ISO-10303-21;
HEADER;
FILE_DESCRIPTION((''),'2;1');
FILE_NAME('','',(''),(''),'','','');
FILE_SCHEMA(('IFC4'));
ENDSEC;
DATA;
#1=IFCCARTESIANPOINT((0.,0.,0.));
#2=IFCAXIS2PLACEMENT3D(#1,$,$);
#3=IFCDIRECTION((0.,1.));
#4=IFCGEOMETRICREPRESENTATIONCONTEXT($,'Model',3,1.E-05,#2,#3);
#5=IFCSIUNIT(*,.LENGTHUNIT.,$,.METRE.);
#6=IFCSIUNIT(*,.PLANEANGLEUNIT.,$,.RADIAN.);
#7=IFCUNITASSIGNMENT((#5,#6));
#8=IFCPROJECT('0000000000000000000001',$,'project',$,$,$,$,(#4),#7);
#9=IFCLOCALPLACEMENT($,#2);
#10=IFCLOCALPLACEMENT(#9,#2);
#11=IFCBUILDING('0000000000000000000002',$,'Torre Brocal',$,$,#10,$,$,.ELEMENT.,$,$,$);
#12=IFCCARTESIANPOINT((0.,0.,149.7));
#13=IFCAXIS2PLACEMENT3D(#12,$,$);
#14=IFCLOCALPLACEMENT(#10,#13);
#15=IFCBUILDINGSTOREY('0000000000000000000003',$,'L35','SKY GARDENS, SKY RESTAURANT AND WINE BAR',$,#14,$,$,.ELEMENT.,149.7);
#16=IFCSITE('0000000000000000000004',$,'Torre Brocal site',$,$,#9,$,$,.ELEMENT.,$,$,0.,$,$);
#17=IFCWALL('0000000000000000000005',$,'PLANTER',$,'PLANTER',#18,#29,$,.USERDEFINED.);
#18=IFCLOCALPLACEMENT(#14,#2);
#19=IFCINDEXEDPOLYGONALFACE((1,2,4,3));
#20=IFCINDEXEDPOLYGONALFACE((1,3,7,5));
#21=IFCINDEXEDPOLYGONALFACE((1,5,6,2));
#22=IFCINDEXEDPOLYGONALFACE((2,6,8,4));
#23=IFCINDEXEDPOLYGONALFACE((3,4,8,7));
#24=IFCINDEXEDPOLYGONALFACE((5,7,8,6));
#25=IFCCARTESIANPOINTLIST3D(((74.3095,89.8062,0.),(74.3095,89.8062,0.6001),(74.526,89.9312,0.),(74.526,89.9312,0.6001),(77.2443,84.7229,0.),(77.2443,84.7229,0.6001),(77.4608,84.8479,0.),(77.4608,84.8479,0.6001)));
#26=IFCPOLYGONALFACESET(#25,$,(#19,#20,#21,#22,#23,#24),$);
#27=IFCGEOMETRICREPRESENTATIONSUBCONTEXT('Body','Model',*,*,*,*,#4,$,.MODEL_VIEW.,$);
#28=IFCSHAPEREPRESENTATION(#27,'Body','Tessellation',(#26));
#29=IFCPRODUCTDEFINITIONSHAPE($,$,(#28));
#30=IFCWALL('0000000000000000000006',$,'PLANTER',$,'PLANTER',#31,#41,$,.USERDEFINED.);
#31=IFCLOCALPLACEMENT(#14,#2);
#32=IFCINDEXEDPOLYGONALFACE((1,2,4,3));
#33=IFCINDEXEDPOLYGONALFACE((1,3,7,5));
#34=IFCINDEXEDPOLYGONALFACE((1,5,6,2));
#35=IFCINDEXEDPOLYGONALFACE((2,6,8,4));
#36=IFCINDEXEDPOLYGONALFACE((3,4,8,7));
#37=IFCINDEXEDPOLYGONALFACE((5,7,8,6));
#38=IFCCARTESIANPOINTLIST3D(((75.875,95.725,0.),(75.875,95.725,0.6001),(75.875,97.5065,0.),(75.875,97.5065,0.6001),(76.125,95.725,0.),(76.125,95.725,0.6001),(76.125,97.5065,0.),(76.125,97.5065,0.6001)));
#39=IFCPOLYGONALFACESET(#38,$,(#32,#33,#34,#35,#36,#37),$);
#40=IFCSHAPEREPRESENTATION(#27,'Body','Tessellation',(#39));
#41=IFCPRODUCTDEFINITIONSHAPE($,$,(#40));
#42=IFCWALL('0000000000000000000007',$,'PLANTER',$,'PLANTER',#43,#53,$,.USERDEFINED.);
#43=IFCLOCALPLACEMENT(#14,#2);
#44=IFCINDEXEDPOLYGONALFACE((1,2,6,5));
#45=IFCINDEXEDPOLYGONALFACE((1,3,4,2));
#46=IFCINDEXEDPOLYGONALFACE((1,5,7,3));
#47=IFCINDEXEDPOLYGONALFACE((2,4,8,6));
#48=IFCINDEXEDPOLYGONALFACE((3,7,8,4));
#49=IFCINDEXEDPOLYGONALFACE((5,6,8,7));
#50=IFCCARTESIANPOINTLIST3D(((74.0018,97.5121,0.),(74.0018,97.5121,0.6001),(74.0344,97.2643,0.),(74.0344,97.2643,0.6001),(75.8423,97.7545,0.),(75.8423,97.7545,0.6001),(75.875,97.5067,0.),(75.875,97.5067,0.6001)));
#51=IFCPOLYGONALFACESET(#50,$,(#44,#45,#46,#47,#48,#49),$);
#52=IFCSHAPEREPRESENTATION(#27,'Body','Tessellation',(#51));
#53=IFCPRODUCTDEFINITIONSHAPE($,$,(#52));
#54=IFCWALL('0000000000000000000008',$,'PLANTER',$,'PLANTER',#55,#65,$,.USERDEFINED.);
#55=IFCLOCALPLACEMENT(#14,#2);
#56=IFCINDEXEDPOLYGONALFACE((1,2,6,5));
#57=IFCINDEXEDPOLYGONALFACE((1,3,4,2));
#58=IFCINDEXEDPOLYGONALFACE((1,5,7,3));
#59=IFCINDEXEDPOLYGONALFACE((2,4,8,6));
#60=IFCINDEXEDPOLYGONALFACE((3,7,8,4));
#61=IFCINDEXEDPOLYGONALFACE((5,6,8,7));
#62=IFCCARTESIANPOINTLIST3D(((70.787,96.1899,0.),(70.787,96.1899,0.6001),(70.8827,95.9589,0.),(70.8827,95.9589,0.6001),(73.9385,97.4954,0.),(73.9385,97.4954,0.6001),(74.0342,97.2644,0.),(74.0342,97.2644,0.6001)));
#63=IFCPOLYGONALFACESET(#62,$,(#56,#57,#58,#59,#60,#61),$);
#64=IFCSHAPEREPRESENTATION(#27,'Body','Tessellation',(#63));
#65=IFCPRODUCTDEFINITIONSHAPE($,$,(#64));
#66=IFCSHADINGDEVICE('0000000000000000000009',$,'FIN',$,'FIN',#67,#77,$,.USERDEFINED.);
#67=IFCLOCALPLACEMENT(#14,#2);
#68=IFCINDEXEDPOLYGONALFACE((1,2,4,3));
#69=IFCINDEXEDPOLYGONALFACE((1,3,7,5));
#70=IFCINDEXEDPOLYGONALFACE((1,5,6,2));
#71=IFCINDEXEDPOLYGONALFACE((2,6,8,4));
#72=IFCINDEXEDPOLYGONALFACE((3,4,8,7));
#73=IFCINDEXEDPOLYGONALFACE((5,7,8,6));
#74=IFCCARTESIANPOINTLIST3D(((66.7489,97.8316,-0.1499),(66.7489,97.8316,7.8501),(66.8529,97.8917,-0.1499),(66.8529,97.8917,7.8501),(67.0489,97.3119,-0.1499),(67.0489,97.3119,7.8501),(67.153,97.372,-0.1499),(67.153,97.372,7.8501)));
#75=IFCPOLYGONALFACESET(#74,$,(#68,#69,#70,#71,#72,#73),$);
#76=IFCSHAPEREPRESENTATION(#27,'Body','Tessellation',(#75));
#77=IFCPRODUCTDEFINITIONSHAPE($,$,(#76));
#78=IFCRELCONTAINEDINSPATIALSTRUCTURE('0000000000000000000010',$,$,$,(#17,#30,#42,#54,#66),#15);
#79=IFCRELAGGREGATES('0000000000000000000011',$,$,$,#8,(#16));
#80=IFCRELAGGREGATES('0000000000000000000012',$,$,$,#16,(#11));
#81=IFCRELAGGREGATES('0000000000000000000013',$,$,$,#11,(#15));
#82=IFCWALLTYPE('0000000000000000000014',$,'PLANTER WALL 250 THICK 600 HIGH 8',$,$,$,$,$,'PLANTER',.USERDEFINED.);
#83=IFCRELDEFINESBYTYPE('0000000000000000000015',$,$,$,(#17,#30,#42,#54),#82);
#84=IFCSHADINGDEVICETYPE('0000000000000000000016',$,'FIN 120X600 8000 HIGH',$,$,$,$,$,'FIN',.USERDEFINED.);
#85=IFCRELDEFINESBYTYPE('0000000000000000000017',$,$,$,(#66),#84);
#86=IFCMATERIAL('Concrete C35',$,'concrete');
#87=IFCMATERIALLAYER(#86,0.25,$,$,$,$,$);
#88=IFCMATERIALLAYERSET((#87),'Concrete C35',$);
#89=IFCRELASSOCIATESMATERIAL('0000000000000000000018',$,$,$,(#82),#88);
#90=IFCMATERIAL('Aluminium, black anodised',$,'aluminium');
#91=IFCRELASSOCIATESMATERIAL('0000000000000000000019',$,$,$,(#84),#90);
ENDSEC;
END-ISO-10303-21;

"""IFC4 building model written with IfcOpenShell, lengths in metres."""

from ifc_helpers import new_model, si_unit, direction, frame, frame_2d, origin, origin_2d, place, context, subcontext, project, spatial, rectangle, extrude, material, layer, layer_set, material_profile, profile_set, type_object, element, save


model = new_model("IFC4")

# Units and contexts
model_context = context("Model", 3, precision=1e-05, world=origin(), true_north=direction((0.0, 1.0)))
body_context = subcontext(model_context, "Body", "Model", "MODEL_VIEW")
ifc_project = project(units=[si_unit("LENGTHUNIT", "METRE"), si_unit("PLANEANGLEUNIT", "RADIAN")], contexts=[model_context])

# Site, building, storey
site_placement = place(None, origin())
site = spatial("IfcSite", under=ifc_project, at=site_placement, Name="Torre Brocal site", CompositionType="ELEMENT", RefElevation=0.0)
building_placement = place(site_placement, origin())
building = spatial("IfcBuilding", under=site, at=building_placement, Name="Torre Brocal", CompositionType="ELEMENT")
storey_placement = place(building_placement, frame((0.0, 0.0, 149.7)))
storey = spatial("IfcBuildingStorey", under=building, at=storey_placement, Name="L35", Description="SKY GARDENS, SKY RESTAURANT AND WINE BAR", CompositionType="ELEMENT", Elevation=149.7)

# Walls
ifc_material_1 = material(Name="Concrete C35", Category="concrete")
ifc_layer_1 = layer(ifc_material_1, 0.25)
ifc_layer_set_1 = layer_set([ifc_layer_1], Name="Concrete C35")
wall_type_1 = type_object("IfcWallType", Name="PLANTER WALL 250 THICK 600 HIGH 8", ElementType="PLANTER", PredefinedType="USERDEFINED", material=ifc_layer_set_1)
wall_1_placement = place(storey_placement, frame((74.4177, 89.8687, 0.0), z_axis=(0.0, 0.0, 1.0), x_axis=(0.5, -0.866026, 0.0)))
element("IfcWall", 1, at=wall_1_placement, inside=storey, type_object=wall_type_1, Name="PLANTER", ObjectType="PLANTER", PredefinedType="USERDEFINED", context=body_context, shape_type="SweptSolid", body=[
    extrude(rectangle(XDim=5.8696, YDim=0.25, at=frame_2d((2.9348, 0.0))), origin(), (0.0, 0.0, 1.0), 0.6001),
])
wall_2_placement = place(storey_placement, frame((76.0, 95.7251, 0.0), z_axis=(0.0, 0.0, 1.0), x_axis=(0.0, 1.0, 0.0)))
element("IfcWall", 2, at=wall_2_placement, inside=storey, type_object=wall_type_1, Name="PLANTER", ObjectType="PLANTER", PredefinedType="USERDEFINED", context=body_context, shape_type="SweptSolid", body=[
    extrude(rectangle(XDim=1.7815, YDim=0.25, at=frame_2d((0.8906, 0.0))), origin(), (0.0, 0.0, 1.0), 0.6001),
])
wall_3_placement = place(storey_placement, frame((75.8586, 97.6306, 0.0), z_axis=(0.0, 0.0, 1.0), x_axis=(-0.991437, -0.130587, 0.0)))
element("IfcWall", 3, at=wall_3_placement, inside=storey, type_object=wall_type_1, Name="PLANTER", ObjectType="PLANTER", PredefinedType="USERDEFINED", context=body_context, shape_type="SweptSolid", body=[
    extrude(rectangle(XDim=1.8564, YDim=0.25, at=frame_2d((0.9282, 0.0))), origin(), (0.0, 0.0, 1.0), 0.6001),
])
wall_4_placement = place(storey_placement, frame((73.9863, 97.3799, 0.0), z_axis=(0.0, 0.0, 1.0), x_axis=(-0.923871, -0.382704, 0.0)))
element("IfcWall", 4, at=wall_4_placement, inside=storey, type_object=wall_type_1, Name="PLANTER", ObjectType="PLANTER", PredefinedType="USERDEFINED", context=body_context, shape_type="SweptSolid", body=[
    extrude(rectangle(XDim=3.4111, YDim=0.25, at=frame_2d((1.7056, 0.0))), origin(), (0.0, 0.0, 1.0), 0.6001),
])

# Shading device
ifc_material_2 = material(Name="Aluminium, black anodised", Category="aluminium")
ifc_material_profile_1 = material_profile(ifc_material_2, rectangle(XDim=0.1201, YDim=0.6001, at=origin_2d()), Name="FIN 120X600 8000 HIGH")
ifc_profile_set_1 = profile_set([ifc_material_profile_1], Name="Aluminium, black anodised")
shading_device_type = type_object("IfcShadingDeviceType", Name="FIN 120X600 8000 HIGH", ElementType="FIN", PredefinedType="USERDEFINED", material=ifc_profile_set_1)
shading_device_placement = place(storey_placement, frame((66.9509, 97.6018, -0.1499), z_axis=(0.0, 0.0, 1.0), x_axis=(-0.866025, -0.5, 0.0)))
element("IfcShadingDevice", 5, at=shading_device_placement, inside=storey, type_object=shading_device_type, Name="FIN", ObjectType="FIN", PredefinedType="USERDEFINED", context=body_context, shape_type="SweptSolid", body=[
    extrude(rectangle(XDim=0.1201, YDim=0.6001, at=origin_2d()), origin(), (0.0, 0.0, 1.0), 8.0),
])

save(model, "model.ifc")
